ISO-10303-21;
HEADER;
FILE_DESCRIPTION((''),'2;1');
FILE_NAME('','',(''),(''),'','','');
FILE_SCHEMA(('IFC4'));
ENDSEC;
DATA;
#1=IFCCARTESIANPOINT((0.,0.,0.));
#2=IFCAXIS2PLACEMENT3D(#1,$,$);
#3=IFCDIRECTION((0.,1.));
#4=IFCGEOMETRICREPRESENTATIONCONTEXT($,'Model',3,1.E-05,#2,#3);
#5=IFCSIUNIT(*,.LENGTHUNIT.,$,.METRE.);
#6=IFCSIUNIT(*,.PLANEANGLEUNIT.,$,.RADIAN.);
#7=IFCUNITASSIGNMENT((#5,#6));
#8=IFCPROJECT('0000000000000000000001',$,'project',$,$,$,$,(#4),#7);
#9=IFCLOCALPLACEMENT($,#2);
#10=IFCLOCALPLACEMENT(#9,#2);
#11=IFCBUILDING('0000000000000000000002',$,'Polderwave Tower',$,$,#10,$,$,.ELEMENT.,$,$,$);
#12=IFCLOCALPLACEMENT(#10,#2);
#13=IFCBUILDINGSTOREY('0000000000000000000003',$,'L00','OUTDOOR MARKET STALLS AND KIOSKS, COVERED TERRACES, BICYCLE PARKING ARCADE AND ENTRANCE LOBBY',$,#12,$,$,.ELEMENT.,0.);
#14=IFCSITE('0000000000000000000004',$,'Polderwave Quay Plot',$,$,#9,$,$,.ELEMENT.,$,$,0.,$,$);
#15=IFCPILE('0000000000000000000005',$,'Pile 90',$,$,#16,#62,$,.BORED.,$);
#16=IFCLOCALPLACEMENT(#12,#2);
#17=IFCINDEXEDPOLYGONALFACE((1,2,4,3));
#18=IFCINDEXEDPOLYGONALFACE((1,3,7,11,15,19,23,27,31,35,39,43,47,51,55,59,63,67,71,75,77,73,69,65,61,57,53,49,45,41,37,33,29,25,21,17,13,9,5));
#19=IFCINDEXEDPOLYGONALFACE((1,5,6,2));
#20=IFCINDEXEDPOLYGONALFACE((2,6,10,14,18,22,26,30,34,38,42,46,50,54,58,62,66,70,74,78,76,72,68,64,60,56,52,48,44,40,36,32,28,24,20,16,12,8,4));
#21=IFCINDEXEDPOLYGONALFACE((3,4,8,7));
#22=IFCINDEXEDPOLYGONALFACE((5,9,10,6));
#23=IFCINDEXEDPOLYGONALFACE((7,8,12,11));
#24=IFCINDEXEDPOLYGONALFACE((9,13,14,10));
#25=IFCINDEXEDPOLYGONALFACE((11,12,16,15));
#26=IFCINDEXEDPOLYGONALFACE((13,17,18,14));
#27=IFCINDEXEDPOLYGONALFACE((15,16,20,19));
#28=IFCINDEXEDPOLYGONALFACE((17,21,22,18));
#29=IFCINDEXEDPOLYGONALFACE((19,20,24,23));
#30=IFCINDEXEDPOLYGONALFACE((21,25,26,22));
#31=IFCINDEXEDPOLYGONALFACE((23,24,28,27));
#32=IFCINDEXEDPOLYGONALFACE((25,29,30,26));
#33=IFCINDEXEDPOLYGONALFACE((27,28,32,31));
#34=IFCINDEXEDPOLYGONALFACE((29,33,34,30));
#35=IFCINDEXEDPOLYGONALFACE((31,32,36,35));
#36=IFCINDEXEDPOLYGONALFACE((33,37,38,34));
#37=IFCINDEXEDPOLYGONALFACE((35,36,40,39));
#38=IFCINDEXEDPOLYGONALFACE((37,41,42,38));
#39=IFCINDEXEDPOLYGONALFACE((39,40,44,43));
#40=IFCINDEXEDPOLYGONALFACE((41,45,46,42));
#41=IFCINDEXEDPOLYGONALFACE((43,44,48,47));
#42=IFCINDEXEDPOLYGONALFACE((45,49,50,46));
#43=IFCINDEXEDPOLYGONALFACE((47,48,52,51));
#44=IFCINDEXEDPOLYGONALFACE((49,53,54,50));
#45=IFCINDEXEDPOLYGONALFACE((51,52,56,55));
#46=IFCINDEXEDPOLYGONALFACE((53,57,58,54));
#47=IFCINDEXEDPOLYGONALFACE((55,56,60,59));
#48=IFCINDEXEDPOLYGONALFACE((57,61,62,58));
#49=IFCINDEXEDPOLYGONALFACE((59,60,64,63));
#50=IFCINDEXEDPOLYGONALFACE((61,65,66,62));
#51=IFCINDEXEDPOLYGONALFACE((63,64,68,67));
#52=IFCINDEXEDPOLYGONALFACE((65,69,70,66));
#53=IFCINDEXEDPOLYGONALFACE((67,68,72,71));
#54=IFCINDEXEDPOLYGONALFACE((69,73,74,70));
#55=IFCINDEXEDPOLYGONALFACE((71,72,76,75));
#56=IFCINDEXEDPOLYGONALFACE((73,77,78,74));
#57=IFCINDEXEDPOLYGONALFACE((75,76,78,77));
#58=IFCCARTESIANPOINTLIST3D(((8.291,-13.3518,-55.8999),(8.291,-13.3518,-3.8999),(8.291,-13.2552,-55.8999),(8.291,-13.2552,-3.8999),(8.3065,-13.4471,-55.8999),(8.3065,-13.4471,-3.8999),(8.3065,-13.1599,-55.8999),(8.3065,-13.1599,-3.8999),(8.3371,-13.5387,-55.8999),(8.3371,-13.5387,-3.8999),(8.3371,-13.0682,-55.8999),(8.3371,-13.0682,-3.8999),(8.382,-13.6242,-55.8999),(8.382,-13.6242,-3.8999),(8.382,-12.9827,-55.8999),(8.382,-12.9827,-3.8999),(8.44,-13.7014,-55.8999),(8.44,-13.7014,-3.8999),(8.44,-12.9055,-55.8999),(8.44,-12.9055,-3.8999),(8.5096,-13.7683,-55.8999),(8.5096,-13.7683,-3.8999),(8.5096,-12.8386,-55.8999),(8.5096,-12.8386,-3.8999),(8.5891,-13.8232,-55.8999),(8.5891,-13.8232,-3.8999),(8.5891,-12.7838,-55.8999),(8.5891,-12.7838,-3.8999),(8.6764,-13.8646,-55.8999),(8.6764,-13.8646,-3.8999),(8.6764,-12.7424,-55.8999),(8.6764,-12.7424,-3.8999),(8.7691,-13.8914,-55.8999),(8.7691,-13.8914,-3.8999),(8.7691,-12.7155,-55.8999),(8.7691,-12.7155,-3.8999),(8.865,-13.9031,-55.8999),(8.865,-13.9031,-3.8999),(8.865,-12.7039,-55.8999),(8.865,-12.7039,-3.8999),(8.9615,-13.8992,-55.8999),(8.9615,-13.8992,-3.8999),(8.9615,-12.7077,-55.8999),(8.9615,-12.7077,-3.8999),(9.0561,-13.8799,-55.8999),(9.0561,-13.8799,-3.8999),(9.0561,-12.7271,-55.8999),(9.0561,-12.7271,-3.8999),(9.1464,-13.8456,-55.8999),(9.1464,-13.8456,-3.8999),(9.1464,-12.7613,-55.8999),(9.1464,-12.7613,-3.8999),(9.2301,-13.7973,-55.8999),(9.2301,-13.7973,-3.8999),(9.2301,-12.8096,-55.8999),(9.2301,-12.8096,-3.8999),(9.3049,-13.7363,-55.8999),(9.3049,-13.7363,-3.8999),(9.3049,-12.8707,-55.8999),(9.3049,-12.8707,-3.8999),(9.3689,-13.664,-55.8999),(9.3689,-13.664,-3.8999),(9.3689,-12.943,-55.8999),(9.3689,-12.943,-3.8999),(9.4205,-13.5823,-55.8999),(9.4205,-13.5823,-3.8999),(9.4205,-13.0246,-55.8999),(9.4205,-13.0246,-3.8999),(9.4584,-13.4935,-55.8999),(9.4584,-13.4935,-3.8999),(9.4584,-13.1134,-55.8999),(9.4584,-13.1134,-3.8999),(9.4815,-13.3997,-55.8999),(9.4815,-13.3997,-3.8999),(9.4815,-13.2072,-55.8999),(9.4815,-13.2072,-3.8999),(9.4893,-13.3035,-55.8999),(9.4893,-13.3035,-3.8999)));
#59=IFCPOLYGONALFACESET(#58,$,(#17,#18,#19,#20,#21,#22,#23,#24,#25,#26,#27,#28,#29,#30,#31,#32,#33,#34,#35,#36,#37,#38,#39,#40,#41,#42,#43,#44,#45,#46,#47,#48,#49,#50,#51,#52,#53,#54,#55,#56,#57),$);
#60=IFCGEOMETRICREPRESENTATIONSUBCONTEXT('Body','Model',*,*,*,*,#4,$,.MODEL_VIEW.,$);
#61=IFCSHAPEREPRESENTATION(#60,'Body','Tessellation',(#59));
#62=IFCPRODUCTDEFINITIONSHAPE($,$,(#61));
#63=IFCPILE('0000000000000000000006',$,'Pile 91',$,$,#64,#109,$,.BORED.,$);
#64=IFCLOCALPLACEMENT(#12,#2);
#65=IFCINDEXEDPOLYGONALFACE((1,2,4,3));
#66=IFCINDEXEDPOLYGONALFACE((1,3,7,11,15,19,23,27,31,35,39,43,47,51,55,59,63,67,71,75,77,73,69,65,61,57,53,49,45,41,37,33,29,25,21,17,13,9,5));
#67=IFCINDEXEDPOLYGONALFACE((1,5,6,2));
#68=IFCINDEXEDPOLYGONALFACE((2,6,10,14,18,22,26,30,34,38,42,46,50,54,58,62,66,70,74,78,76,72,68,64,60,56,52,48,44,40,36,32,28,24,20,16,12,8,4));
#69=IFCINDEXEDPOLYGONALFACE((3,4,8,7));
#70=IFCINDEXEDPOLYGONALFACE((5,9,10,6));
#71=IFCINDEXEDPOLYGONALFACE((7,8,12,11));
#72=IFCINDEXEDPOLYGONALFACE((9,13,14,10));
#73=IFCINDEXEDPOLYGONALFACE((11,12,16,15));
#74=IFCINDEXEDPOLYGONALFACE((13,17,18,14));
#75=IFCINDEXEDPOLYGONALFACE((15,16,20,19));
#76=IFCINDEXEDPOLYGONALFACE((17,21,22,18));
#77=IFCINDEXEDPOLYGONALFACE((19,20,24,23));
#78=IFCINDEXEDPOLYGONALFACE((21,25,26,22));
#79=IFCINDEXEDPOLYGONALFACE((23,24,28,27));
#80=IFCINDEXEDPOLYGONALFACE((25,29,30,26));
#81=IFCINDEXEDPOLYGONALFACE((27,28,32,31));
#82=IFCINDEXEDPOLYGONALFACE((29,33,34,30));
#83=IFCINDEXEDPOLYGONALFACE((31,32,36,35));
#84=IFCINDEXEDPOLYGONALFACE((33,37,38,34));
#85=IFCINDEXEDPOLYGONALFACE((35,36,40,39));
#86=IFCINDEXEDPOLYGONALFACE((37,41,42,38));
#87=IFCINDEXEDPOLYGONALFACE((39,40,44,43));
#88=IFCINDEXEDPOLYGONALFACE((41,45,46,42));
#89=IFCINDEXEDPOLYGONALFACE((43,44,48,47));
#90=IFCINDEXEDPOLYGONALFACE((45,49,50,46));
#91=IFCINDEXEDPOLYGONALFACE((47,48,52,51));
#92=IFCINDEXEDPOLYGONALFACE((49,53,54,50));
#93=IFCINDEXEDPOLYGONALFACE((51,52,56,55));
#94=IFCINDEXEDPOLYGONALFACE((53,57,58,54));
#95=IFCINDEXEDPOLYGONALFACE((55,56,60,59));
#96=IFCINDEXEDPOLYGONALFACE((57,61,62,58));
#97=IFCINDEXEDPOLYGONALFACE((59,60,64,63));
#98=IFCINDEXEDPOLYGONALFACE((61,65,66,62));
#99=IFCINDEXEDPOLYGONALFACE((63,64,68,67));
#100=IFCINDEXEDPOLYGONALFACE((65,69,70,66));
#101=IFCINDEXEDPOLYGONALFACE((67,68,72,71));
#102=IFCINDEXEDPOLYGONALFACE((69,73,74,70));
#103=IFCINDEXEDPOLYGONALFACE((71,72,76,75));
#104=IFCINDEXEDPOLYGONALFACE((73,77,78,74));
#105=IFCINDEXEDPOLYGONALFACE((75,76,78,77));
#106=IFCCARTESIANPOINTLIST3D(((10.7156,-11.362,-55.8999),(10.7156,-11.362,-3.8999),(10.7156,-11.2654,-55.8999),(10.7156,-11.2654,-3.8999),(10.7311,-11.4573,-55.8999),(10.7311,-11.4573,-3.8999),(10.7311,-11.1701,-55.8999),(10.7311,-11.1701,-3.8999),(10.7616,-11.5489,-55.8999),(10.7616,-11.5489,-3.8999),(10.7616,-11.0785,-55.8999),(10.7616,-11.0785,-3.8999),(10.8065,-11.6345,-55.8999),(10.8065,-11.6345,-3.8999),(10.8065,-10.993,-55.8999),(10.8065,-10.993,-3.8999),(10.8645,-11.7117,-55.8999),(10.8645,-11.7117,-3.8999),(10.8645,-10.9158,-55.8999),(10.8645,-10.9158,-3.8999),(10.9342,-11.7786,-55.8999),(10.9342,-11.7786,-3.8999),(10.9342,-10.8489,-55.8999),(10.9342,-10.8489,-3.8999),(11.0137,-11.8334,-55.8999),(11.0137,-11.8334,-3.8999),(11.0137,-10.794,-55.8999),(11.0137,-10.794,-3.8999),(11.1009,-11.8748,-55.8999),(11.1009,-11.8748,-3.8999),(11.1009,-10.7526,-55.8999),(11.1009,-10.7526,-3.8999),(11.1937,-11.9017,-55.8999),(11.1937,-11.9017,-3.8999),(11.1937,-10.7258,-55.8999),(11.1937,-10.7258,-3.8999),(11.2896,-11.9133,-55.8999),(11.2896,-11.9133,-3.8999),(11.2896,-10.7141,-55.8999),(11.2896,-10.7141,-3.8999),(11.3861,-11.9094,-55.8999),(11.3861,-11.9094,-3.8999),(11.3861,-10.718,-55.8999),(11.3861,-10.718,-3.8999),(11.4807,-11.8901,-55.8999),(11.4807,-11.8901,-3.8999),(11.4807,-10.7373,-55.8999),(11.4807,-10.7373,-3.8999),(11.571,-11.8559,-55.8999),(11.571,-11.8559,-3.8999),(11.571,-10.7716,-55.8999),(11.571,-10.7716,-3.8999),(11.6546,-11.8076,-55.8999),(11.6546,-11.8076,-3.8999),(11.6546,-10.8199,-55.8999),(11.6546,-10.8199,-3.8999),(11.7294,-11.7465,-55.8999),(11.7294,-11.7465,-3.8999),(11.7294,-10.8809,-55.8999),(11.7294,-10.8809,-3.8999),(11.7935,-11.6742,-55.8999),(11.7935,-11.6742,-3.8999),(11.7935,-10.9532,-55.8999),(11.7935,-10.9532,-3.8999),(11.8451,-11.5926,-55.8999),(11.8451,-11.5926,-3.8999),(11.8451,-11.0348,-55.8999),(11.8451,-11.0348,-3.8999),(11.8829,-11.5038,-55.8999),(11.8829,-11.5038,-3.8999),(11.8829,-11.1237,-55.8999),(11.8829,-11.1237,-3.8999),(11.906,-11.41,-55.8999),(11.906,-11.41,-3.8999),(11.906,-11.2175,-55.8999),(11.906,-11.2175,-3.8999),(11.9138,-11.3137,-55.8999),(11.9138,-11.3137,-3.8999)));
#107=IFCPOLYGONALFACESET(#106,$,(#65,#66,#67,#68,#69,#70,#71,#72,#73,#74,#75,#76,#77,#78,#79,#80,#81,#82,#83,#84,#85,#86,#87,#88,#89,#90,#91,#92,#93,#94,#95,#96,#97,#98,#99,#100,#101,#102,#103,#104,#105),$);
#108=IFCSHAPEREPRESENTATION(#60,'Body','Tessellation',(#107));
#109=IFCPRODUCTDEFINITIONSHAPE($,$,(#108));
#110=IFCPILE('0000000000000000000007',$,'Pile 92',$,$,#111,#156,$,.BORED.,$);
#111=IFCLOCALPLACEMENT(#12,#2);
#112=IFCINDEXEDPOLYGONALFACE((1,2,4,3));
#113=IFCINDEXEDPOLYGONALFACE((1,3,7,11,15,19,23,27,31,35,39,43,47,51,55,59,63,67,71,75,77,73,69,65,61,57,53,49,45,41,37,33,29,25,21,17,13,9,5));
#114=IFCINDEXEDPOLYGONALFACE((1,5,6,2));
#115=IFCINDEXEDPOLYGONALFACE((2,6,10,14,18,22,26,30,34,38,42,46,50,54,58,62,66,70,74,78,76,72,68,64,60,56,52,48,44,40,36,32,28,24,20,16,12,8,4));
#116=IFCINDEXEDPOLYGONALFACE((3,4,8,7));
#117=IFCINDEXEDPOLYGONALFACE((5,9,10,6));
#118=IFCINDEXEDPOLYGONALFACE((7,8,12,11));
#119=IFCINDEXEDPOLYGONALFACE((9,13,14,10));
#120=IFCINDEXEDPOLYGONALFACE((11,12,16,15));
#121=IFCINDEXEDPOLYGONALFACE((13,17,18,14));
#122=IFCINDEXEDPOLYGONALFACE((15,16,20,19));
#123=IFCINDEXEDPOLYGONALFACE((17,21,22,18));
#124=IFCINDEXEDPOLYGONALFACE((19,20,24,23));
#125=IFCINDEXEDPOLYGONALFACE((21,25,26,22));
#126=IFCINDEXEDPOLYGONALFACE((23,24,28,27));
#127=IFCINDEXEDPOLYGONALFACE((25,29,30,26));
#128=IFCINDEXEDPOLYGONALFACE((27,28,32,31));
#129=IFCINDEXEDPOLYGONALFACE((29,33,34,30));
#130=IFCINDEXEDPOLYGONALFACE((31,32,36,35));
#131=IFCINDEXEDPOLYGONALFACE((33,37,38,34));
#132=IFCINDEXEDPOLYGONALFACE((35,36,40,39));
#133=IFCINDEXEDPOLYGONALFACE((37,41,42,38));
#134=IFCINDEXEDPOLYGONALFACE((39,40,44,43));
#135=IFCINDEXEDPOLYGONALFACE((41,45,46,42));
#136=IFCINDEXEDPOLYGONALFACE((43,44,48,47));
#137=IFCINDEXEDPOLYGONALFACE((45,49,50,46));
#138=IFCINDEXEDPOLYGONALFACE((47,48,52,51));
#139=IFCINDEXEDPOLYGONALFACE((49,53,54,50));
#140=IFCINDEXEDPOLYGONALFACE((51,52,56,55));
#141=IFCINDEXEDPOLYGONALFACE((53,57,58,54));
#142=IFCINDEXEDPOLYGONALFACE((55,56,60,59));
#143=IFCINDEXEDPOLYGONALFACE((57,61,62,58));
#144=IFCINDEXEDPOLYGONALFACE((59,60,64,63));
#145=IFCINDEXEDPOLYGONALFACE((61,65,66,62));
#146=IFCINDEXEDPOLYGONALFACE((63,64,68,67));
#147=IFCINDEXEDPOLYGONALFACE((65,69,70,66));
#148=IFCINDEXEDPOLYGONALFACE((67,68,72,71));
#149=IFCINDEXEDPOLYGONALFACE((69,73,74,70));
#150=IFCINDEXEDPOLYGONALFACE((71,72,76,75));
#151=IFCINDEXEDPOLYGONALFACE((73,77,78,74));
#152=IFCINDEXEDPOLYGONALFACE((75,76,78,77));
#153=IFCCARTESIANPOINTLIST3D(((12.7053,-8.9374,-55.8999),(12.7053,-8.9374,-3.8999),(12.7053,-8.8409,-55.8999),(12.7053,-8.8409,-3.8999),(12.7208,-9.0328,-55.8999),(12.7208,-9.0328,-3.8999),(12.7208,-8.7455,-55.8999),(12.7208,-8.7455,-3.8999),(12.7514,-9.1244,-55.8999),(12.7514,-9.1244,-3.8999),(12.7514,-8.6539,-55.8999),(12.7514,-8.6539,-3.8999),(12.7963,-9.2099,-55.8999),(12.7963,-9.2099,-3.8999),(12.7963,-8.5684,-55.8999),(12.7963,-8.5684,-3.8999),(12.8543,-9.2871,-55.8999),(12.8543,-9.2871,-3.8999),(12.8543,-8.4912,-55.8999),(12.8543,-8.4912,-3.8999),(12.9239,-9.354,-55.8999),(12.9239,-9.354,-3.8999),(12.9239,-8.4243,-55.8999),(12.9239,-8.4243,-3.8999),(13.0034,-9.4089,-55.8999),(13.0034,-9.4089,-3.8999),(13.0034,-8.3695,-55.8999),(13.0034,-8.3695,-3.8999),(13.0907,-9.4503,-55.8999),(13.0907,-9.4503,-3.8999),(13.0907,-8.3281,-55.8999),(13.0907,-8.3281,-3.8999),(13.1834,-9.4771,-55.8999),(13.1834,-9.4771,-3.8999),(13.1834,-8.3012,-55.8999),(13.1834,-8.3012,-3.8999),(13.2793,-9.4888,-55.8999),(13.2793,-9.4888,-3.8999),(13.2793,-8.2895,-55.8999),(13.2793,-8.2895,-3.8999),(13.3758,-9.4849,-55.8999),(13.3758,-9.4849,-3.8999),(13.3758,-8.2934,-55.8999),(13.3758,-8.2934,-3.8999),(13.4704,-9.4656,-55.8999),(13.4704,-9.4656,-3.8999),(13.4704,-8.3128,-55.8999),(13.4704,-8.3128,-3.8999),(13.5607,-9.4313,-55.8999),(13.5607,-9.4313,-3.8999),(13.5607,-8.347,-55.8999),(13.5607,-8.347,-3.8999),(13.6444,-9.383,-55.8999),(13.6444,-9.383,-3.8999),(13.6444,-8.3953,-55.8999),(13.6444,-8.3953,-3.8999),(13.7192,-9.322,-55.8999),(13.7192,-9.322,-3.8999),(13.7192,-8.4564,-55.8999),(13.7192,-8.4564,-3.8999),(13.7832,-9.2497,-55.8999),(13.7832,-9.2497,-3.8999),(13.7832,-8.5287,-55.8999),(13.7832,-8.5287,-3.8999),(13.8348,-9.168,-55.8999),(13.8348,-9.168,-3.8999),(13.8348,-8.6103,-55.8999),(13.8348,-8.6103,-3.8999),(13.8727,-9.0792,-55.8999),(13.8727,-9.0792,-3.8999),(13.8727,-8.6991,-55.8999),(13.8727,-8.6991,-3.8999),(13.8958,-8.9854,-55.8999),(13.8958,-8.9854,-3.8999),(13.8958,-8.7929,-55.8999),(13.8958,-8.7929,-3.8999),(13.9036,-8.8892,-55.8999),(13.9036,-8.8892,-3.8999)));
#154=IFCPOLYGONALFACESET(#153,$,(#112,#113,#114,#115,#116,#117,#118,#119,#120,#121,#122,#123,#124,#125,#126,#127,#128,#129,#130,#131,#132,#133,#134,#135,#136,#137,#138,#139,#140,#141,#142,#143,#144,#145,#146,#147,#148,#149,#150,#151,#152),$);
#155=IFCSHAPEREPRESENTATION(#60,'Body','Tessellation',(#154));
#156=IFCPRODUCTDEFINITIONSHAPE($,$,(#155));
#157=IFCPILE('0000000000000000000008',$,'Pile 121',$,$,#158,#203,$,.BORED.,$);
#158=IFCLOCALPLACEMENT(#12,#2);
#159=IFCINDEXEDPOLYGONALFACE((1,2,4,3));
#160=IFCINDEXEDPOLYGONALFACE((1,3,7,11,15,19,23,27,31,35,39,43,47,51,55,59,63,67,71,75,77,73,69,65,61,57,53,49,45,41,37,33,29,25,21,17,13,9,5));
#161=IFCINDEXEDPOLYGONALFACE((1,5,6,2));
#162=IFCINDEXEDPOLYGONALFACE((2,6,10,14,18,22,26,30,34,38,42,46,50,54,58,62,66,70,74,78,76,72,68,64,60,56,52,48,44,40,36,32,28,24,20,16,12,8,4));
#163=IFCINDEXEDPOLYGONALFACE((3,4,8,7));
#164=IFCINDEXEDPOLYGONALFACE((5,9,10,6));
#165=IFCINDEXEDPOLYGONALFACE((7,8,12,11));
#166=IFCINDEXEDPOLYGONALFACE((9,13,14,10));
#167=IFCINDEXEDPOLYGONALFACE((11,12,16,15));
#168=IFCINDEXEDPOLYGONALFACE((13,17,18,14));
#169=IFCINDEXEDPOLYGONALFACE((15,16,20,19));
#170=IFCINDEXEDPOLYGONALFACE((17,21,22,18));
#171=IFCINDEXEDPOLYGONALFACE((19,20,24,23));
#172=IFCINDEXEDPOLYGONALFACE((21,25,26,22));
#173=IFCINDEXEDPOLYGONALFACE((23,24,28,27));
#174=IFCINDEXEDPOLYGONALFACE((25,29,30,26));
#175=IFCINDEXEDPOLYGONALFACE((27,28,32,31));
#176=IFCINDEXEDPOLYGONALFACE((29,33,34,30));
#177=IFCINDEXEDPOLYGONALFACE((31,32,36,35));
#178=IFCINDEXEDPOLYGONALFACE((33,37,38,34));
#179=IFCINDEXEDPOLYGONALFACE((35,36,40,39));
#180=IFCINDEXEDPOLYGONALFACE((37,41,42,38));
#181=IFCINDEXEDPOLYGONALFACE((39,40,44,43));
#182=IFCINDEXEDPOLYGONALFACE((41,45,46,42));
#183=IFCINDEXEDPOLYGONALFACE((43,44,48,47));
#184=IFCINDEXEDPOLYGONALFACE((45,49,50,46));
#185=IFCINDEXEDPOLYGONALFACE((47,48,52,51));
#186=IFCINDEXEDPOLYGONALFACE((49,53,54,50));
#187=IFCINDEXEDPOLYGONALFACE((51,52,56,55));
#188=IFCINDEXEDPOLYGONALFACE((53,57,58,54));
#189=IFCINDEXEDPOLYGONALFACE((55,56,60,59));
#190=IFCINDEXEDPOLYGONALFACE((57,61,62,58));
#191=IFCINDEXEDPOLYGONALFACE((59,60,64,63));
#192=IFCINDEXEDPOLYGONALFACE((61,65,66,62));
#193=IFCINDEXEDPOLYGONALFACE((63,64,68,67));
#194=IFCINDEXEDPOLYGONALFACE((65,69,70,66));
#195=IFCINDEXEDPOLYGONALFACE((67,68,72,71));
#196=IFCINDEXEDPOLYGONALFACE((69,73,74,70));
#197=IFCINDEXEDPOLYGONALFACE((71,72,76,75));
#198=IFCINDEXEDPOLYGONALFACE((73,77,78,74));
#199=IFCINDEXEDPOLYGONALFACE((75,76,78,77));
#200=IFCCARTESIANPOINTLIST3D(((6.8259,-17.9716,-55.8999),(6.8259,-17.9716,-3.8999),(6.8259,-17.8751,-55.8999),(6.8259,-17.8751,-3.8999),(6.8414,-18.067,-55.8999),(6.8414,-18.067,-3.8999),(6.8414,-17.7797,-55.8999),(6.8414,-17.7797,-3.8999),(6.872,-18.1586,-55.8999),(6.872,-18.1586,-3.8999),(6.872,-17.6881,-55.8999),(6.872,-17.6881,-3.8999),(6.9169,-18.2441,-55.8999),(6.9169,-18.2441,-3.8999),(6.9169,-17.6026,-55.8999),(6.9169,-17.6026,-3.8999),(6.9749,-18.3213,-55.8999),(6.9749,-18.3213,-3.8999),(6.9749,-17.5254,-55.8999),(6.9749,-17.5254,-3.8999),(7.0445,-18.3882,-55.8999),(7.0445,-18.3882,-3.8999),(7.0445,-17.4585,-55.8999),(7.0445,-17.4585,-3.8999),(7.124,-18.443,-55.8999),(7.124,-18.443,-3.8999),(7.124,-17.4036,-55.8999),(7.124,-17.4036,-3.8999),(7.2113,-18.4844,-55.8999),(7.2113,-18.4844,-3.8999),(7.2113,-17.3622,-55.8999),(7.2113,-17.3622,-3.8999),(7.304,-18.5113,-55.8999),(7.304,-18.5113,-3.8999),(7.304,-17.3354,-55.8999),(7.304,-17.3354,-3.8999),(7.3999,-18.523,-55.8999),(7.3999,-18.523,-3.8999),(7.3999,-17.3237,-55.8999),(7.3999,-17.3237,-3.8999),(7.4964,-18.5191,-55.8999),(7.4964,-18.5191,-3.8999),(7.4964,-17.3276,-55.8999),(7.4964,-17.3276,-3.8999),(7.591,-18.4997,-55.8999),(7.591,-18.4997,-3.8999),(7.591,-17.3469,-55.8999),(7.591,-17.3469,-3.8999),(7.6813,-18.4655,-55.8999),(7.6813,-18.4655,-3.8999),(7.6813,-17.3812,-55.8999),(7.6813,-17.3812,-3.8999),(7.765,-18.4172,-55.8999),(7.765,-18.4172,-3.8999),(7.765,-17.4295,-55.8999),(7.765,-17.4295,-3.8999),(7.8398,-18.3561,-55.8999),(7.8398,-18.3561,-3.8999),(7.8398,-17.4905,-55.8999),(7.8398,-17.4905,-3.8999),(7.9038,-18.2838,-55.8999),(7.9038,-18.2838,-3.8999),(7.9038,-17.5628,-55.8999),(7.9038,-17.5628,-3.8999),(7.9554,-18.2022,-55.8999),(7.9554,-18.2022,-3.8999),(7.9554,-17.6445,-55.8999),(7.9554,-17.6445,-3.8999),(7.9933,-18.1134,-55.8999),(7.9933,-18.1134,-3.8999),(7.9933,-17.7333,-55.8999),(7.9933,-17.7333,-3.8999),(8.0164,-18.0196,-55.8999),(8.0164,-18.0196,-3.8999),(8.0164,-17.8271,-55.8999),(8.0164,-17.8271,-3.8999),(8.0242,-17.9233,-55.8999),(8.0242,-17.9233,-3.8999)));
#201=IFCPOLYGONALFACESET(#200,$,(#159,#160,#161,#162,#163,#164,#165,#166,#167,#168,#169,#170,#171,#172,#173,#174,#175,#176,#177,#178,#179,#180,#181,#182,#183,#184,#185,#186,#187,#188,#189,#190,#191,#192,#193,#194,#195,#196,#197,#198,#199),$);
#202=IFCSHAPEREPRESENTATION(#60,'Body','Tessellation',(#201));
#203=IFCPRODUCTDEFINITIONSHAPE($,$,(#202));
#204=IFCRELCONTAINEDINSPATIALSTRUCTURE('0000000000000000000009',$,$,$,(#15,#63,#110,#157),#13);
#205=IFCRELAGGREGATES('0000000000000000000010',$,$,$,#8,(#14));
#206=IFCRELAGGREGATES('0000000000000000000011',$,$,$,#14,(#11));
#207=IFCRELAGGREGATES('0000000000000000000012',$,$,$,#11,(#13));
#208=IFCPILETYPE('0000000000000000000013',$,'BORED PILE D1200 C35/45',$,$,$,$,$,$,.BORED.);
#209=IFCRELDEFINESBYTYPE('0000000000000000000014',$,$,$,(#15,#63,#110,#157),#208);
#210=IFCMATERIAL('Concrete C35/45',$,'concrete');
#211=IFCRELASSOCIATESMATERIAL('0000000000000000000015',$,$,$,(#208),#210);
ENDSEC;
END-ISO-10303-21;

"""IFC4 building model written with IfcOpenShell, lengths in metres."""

from ifc_helpers import new_model, si_unit, direction, frame, origin, origin_2d, place, context, subcontext, project, spatial, circle, extrude, material, material_profile, profile_set, type_object, element, save


model = new_model("IFC4")

# Units and contexts
model_context = context("Model", 3, precision=1e-05, world=origin(), true_north=direction((0.0, 1.0)))
body_context = subcontext(model_context, "Body", "Model", "MODEL_VIEW")
ifc_project = project(units=[si_unit("LENGTHUNIT", "METRE"), si_unit("PLANEANGLEUNIT", "RADIAN")], contexts=[model_context])

# Site, building, storey
site_placement = place(None, origin())
site = spatial("IfcSite", under=ifc_project, at=site_placement, Name="Polderwave Quay Plot", CompositionType="ELEMENT", RefElevation=0.0)
building_placement = place(site_placement, origin())
building = spatial("IfcBuilding", under=site, at=building_placement, Name="Polderwave Tower", CompositionType="ELEMENT")
storey_placement = place(building_placement, origin())
storey = spatial("IfcBuildingStorey", under=building, at=storey_placement, Name="L00", Description="OUTDOOR MARKET STALLS AND KIOSKS, COVERED TERRACES, BICYCLE PARKING ARCADE AND ENTRANCE LOBBY", CompositionType="ELEMENT", Elevation=0.0)

# Piles
ifc_material_1 = material(Name="Concrete C35/45", Category="concrete")
ifc_material_profile_1 = material_profile(ifc_material_1, circle(Radius=0.6001, at=origin_2d()), Name="BORED D1200")
ifc_profile_set_1 = profile_set([ifc_material_profile_1], Name="Concrete C35/45")
pile_type = type_object("IfcPileType", Name="BORED PILE D1200 C35/45", PredefinedType="BORED", material=ifc_profile_set_1)
for number, where, z_axis, x_axis, name in (
    (1, (8.8892, -13.3035, -3.8999), (0.0, 0.0, -1.0), (1.0, 0.0, 0.0), "Pile 90"),
    (2, (11.3137, -11.3137, -3.8999), (0.0, 0.0, -1.0), (1.0, 0.0, 0.0), "Pile 91"),
    (3, (13.3035, -8.8892, -3.8999), (0.0, 0.0, -1.0), (1.0, 0.0, 0.0), "Pile 92"),
    (4, (7.4241, -17.9233, -3.8999), (0.0, 0.0, -1.0), (1.0, 0.0, 0.0), "Pile 121"),
):
    element("IfcPile", number, at=place(storey_placement, frame(where, z_axis=z_axis, x_axis=x_axis)), inside=storey, type_object=pile_type, Name=name, PredefinedType="BORED", context=body_context, shape_type="SweptSolid", body=[
        extrude(circle(Radius=0.6001, at=origin_2d()), origin(), (0.0, 0.0, 1.0), 52.0),
    ])

save(model, "model.ifc")
